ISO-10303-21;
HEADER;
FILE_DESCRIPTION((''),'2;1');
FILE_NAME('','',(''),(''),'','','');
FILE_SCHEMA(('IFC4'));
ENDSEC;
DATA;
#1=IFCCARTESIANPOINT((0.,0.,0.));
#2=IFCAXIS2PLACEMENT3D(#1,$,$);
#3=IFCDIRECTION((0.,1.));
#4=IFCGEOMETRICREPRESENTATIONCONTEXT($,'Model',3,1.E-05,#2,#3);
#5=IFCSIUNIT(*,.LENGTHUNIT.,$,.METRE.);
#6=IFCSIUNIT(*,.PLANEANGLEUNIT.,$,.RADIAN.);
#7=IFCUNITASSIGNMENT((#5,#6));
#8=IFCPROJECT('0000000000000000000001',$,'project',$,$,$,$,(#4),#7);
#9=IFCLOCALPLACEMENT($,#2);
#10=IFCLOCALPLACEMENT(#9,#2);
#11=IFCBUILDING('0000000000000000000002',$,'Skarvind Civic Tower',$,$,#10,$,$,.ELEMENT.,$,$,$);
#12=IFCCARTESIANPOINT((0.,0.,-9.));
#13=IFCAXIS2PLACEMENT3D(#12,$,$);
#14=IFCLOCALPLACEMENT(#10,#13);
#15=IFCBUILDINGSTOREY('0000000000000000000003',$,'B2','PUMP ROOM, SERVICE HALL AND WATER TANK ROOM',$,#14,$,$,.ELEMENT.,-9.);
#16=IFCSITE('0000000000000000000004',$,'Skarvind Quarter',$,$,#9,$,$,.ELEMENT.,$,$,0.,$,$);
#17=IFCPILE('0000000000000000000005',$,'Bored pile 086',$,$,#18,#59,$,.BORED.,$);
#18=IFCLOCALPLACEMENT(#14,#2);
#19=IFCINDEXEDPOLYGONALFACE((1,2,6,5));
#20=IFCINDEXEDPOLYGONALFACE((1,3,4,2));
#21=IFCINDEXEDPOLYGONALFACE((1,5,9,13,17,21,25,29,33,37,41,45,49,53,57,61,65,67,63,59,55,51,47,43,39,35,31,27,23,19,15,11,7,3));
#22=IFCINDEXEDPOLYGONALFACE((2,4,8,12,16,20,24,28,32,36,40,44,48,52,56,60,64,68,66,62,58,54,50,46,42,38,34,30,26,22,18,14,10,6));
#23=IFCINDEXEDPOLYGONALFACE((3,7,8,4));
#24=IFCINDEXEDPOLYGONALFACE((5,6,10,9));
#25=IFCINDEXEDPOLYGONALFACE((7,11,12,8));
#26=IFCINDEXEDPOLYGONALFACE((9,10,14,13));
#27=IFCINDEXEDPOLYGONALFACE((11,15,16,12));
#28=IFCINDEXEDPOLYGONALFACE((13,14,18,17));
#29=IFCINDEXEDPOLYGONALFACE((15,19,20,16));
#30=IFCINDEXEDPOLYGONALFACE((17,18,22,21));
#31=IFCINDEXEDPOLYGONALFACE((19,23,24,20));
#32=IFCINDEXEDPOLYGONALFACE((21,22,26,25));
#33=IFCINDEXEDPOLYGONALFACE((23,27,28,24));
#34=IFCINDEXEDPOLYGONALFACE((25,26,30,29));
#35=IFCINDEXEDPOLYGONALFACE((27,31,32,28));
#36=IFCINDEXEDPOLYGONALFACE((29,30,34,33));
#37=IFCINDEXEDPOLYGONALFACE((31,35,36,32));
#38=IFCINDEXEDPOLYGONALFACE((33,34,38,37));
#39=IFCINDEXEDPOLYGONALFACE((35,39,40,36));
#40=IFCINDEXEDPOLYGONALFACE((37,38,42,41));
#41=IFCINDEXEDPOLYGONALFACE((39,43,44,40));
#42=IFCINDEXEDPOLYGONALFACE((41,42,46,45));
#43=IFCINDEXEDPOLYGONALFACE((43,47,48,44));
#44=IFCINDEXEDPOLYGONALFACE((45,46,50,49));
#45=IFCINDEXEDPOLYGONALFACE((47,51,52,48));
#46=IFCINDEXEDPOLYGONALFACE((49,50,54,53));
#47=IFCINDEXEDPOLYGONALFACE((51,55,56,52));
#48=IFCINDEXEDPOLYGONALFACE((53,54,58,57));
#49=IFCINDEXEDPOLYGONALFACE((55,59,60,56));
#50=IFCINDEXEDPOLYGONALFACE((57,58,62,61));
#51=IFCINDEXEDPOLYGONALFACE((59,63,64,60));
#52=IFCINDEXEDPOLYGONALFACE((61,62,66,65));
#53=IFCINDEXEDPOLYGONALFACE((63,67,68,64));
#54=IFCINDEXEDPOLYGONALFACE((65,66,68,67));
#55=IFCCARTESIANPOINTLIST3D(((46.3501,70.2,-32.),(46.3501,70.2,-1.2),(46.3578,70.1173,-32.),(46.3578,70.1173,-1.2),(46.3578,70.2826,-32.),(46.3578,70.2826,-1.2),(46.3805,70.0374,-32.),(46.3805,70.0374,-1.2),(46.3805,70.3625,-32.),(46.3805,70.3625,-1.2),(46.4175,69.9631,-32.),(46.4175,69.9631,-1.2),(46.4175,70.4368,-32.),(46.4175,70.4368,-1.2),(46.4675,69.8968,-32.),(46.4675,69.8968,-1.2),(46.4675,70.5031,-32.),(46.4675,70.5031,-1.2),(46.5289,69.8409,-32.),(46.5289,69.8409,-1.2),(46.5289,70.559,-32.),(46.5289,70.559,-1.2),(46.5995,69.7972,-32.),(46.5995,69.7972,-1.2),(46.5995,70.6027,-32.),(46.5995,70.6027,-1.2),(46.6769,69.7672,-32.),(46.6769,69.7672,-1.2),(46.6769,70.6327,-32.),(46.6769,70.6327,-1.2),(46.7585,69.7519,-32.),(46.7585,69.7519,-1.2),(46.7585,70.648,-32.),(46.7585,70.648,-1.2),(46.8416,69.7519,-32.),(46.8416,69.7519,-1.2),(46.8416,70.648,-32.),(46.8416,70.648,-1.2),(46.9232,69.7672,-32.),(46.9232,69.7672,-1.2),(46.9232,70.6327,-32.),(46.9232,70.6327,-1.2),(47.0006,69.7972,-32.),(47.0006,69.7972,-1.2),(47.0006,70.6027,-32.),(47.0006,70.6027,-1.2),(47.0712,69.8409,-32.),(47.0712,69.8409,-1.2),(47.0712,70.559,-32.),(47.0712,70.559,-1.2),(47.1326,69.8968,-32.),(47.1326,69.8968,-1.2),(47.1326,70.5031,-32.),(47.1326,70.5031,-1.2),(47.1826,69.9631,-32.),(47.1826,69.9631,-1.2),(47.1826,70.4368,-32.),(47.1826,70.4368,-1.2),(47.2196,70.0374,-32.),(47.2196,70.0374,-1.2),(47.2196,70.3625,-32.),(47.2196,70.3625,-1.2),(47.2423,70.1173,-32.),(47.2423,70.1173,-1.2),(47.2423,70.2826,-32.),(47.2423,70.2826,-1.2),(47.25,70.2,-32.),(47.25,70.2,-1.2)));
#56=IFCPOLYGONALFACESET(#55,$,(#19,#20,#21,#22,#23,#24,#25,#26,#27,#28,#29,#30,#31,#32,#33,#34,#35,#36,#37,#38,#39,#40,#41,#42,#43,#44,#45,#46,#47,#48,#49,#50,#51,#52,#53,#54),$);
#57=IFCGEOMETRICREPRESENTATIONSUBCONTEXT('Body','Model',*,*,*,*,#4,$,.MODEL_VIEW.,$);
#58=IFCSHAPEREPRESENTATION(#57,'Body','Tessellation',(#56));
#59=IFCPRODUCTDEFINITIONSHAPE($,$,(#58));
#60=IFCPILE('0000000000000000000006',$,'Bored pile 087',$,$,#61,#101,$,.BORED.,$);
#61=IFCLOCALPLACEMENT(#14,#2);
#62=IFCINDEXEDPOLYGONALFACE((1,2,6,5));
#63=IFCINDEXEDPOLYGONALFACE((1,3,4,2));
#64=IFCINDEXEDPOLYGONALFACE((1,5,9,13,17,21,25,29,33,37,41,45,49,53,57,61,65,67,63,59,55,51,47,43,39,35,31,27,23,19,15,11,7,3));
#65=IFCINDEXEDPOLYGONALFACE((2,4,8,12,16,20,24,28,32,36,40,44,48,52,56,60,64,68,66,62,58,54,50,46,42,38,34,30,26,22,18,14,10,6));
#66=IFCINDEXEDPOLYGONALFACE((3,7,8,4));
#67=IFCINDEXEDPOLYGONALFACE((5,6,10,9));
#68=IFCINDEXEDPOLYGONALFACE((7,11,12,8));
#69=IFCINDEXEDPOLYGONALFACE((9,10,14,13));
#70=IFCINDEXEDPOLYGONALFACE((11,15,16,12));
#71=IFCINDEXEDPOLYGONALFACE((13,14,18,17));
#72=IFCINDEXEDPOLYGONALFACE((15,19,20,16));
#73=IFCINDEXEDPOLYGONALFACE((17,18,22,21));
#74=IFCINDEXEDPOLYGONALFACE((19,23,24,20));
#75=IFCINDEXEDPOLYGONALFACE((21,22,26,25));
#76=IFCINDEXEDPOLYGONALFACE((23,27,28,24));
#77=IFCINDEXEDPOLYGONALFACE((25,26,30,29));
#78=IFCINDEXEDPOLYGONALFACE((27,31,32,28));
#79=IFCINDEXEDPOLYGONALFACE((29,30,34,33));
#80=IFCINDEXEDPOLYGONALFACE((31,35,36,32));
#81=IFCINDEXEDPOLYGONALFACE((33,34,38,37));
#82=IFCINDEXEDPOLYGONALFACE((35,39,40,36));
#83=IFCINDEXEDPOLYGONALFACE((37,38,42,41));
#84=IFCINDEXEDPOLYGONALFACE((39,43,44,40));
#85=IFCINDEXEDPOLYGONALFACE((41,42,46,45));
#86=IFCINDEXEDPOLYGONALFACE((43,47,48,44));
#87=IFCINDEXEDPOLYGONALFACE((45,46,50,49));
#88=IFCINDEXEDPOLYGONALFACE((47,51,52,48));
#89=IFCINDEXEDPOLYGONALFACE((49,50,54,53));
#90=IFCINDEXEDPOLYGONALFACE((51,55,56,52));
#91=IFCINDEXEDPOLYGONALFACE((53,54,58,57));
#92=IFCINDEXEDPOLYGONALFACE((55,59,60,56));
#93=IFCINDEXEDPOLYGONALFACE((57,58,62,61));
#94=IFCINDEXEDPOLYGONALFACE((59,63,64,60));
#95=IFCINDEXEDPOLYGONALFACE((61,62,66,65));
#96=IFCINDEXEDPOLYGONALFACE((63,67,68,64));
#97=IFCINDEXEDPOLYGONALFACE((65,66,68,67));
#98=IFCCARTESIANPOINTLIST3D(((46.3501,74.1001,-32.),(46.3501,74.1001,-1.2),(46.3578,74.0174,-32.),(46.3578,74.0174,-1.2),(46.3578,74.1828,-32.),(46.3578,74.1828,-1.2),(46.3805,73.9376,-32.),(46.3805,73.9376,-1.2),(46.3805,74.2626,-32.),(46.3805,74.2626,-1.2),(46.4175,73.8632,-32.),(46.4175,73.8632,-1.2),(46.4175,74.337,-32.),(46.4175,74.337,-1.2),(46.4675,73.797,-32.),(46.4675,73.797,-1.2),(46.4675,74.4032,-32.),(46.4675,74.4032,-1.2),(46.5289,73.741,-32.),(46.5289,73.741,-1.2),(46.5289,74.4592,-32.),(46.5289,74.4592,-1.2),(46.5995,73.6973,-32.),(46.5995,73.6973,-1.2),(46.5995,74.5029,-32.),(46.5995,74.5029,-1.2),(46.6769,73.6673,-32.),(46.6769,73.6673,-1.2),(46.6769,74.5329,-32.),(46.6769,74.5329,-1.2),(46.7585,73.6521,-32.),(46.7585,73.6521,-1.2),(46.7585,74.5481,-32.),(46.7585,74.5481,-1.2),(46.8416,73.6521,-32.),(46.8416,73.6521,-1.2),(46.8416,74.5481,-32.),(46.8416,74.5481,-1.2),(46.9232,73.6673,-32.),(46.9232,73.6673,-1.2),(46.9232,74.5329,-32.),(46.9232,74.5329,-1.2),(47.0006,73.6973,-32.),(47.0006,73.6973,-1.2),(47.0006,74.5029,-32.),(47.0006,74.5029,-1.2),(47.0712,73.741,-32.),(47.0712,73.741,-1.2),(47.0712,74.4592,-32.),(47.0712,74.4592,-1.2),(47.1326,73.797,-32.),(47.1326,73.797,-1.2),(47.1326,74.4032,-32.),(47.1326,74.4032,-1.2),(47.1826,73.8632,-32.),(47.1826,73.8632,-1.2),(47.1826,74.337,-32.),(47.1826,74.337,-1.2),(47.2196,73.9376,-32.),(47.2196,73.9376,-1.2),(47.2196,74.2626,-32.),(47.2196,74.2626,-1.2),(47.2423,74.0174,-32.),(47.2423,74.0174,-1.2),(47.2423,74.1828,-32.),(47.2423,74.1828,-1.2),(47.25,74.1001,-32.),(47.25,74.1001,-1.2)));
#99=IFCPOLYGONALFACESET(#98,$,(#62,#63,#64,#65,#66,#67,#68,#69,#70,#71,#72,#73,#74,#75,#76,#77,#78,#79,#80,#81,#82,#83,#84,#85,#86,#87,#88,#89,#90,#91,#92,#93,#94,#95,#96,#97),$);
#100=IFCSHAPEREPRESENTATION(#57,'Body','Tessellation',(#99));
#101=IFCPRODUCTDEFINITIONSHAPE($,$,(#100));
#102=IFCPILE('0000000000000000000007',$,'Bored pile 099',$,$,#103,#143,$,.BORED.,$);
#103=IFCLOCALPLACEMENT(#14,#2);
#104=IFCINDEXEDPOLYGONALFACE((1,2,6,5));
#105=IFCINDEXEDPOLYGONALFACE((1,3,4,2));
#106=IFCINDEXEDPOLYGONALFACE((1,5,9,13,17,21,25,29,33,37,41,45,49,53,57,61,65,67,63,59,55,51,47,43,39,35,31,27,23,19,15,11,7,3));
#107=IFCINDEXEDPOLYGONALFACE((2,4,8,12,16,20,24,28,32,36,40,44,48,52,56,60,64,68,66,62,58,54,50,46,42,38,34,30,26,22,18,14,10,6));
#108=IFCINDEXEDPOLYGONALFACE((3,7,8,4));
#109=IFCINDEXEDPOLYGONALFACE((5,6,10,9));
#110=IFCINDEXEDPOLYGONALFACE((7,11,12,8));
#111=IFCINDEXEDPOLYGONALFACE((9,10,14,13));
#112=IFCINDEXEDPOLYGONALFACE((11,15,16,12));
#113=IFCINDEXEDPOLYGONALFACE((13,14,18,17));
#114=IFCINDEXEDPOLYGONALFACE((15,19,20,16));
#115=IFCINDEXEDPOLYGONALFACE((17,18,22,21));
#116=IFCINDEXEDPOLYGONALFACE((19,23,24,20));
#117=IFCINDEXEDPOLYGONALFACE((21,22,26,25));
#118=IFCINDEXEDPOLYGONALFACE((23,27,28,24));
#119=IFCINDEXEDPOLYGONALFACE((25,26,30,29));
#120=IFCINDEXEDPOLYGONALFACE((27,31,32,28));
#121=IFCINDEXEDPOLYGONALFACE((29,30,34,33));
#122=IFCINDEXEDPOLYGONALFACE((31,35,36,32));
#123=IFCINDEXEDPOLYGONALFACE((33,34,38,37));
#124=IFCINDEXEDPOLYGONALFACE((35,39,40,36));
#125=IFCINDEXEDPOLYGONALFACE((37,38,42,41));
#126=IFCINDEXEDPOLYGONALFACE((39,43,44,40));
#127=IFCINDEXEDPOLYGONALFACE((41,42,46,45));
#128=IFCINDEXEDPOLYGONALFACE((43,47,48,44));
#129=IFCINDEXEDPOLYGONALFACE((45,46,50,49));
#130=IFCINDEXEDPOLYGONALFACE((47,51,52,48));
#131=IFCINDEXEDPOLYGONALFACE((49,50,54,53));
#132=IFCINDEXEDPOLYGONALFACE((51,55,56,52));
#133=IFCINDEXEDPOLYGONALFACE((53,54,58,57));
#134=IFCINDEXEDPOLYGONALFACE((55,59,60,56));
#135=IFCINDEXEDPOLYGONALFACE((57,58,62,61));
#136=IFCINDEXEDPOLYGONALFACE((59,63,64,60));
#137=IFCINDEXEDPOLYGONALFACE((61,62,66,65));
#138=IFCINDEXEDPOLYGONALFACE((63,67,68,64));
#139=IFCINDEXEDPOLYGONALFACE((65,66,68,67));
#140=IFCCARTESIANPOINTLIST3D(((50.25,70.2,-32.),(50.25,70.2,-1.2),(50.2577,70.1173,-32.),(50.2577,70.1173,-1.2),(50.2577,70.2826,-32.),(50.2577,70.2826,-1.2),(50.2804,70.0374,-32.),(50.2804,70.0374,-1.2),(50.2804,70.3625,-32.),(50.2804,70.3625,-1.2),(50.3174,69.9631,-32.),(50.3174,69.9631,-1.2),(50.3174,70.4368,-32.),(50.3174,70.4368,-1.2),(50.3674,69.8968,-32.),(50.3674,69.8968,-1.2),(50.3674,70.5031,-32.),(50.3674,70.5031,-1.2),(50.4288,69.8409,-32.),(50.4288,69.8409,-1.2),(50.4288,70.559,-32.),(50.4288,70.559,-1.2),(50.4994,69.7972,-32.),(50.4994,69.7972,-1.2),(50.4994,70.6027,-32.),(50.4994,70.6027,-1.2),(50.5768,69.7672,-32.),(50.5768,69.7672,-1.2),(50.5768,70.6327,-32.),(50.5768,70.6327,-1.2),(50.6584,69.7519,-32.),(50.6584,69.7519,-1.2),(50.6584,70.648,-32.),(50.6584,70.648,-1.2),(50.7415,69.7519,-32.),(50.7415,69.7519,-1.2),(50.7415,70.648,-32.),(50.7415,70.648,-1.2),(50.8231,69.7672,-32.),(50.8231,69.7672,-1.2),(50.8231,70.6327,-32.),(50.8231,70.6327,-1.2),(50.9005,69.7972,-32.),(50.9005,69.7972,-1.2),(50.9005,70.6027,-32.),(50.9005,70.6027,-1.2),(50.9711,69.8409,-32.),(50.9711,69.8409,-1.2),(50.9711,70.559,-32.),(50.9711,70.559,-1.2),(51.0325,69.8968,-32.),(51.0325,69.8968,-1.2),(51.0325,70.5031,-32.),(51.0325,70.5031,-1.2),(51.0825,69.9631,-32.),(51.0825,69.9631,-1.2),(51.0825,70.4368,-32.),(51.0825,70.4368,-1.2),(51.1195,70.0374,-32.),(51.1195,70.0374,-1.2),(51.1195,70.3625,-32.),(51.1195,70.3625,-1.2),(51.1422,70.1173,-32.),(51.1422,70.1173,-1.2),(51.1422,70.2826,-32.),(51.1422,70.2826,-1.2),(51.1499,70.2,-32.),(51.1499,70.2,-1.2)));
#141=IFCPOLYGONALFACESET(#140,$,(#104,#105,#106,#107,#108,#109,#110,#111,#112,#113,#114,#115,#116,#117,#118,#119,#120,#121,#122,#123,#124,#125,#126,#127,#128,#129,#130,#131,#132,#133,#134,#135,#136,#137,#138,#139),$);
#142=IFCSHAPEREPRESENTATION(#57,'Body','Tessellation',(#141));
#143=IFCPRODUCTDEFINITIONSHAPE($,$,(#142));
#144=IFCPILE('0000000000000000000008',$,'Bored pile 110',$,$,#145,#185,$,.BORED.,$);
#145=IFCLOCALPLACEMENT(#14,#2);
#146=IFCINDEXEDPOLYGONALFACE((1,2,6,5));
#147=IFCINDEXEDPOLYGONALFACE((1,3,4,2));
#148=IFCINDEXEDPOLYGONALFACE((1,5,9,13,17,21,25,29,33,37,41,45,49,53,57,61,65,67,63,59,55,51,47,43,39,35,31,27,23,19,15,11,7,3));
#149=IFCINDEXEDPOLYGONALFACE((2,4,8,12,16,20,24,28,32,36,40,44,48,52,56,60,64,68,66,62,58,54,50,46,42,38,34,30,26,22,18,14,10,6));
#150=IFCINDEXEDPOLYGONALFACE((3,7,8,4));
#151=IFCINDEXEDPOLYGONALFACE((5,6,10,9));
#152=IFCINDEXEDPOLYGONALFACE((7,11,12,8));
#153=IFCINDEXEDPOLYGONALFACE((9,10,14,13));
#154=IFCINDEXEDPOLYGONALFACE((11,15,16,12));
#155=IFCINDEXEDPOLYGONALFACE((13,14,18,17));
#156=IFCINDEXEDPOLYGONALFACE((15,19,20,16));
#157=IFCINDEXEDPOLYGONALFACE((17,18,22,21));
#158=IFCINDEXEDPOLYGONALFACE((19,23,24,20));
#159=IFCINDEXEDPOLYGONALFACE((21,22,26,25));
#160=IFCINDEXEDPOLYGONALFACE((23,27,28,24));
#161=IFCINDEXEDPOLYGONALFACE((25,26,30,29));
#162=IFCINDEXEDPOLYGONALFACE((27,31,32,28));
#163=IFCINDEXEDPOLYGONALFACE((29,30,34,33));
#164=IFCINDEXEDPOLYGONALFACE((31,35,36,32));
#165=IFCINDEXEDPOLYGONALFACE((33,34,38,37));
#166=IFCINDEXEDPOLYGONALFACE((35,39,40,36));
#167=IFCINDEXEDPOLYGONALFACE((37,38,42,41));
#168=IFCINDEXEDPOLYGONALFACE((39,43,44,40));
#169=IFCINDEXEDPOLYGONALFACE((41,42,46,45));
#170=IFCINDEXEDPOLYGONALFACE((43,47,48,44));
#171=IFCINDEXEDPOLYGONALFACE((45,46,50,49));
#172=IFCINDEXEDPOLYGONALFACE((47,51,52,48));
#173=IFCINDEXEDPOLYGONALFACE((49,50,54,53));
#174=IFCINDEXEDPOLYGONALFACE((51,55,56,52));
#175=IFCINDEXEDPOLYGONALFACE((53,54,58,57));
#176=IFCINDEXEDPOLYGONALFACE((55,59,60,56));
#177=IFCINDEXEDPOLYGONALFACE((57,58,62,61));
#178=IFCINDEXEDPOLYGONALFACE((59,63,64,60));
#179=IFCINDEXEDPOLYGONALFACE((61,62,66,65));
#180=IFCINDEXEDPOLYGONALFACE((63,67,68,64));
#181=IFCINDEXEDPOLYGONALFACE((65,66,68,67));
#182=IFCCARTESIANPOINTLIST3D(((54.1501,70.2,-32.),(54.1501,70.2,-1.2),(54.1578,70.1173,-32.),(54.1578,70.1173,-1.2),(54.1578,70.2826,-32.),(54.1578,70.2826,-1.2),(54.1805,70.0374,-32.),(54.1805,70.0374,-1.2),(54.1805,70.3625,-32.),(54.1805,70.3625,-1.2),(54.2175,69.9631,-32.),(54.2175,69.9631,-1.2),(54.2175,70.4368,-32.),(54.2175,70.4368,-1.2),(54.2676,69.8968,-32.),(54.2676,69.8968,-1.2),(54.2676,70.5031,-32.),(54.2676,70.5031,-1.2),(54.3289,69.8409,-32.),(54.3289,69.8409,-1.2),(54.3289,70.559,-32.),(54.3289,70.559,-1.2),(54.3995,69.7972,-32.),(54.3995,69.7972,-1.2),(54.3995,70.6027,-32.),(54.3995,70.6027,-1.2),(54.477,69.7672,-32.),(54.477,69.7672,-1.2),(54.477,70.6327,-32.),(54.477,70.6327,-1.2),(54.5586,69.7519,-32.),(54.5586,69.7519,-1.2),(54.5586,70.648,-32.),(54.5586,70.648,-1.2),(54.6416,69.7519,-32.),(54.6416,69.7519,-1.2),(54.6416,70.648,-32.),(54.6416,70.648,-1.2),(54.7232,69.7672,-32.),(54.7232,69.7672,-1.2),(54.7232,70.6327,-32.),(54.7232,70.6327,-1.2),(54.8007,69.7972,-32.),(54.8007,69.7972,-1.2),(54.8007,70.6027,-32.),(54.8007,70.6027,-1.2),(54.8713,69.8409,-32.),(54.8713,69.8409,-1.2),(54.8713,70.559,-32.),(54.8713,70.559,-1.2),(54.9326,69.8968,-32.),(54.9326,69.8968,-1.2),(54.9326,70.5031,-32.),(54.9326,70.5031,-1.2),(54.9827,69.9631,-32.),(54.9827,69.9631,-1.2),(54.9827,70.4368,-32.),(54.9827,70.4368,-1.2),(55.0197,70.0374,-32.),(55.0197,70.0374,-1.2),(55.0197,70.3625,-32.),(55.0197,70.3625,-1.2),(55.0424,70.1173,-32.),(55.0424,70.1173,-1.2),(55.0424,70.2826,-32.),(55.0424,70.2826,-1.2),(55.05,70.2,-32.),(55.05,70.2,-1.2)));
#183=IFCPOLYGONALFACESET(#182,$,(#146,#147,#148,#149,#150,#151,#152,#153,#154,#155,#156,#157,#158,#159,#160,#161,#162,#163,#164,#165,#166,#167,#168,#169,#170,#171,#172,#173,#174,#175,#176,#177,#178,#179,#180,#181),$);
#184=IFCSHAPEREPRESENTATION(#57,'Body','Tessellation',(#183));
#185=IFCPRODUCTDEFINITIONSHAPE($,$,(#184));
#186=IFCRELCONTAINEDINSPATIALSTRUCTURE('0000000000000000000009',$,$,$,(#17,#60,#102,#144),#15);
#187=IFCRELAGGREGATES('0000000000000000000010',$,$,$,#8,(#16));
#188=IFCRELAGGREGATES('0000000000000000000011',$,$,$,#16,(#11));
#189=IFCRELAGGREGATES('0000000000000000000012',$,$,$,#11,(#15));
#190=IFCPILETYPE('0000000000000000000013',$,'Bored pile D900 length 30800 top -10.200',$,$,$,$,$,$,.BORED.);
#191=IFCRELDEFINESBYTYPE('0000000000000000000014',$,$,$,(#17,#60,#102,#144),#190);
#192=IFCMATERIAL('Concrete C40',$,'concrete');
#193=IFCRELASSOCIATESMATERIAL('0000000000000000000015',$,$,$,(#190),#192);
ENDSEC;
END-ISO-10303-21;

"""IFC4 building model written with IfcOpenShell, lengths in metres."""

from ifc_helpers import new_model, si_unit, direction, frame, origin, origin_2d, place, context, subcontext, project, spatial, circle, extrude, material, type_object, element, save


model = new_model("IFC4")

# Units and contexts
model_context = context("Model", 3, precision=1e-05, world=origin(), true_north=direction((0.0, 1.0)))
body_context = subcontext(model_context, "Body", "Model", "MODEL_VIEW")
ifc_project = project(units=[si_unit("LENGTHUNIT", "METRE"), si_unit("PLANEANGLEUNIT", "RADIAN")], contexts=[model_context])

# Site, building, storey
site_placement = place(None, origin())
site = spatial("IfcSite", under=ifc_project, at=site_placement, Name="Skarvind Quarter", CompositionType="ELEMENT", RefElevation=0.0)
building_placement = place(site_placement, origin())
building = spatial("IfcBuilding", under=site, at=building_placement, Name="Skarvind Civic Tower", CompositionType="ELEMENT")
storey_placement = place(building_placement, frame((0.0, 0.0, -9.0)))
storey = spatial("IfcBuildingStorey", under=building, at=storey_placement, Name="B2", Description="PUMP ROOM, SERVICE HALL AND WATER TANK ROOM", CompositionType="ELEMENT", Elevation=-9.0)

# Piles
ifc_material_1 = material(Name="Concrete C40", Category="concrete")
pile_type = type_object("IfcPileType", Name="Bored pile D900 length 30800 top -10.200", PredefinedType="BORED", material=ifc_material_1)
for number, where, z_axis, x_axis, name in (
    (1, (46.8, 70.2, -1.2), (0.0, 0.0, -1.0), (1.0, 0.0, 0.0), "Bored pile 086"),
    (2, (46.8, 74.1001, -1.2), (0.0, 0.0, -1.0), (1.0, 0.0, 0.0), "Bored pile 087"),
    (3, (50.7, 70.2, -1.2), (0.0, 0.0, -1.0), (1.0, 0.0, 0.0), "Bored pile 099"),
    (4, (54.6001, 70.2, -1.2), (0.0, 0.0, -1.0), (1.0, 0.0, 0.0), "Bored pile 110"),
):
    element("IfcPile", number, at=place(storey_placement, frame(where, z_axis=z_axis, x_axis=x_axis)), inside=storey, type_object=pile_type, Name=name, PredefinedType="BORED", context=body_context, shape_type="SweptSolid", body=[
        extrude(circle(Radius=0.45, at=origin_2d()), origin(), (0.0, 0.0, 1.0), 30.8),
    ])

save(model, "model.ifc")
